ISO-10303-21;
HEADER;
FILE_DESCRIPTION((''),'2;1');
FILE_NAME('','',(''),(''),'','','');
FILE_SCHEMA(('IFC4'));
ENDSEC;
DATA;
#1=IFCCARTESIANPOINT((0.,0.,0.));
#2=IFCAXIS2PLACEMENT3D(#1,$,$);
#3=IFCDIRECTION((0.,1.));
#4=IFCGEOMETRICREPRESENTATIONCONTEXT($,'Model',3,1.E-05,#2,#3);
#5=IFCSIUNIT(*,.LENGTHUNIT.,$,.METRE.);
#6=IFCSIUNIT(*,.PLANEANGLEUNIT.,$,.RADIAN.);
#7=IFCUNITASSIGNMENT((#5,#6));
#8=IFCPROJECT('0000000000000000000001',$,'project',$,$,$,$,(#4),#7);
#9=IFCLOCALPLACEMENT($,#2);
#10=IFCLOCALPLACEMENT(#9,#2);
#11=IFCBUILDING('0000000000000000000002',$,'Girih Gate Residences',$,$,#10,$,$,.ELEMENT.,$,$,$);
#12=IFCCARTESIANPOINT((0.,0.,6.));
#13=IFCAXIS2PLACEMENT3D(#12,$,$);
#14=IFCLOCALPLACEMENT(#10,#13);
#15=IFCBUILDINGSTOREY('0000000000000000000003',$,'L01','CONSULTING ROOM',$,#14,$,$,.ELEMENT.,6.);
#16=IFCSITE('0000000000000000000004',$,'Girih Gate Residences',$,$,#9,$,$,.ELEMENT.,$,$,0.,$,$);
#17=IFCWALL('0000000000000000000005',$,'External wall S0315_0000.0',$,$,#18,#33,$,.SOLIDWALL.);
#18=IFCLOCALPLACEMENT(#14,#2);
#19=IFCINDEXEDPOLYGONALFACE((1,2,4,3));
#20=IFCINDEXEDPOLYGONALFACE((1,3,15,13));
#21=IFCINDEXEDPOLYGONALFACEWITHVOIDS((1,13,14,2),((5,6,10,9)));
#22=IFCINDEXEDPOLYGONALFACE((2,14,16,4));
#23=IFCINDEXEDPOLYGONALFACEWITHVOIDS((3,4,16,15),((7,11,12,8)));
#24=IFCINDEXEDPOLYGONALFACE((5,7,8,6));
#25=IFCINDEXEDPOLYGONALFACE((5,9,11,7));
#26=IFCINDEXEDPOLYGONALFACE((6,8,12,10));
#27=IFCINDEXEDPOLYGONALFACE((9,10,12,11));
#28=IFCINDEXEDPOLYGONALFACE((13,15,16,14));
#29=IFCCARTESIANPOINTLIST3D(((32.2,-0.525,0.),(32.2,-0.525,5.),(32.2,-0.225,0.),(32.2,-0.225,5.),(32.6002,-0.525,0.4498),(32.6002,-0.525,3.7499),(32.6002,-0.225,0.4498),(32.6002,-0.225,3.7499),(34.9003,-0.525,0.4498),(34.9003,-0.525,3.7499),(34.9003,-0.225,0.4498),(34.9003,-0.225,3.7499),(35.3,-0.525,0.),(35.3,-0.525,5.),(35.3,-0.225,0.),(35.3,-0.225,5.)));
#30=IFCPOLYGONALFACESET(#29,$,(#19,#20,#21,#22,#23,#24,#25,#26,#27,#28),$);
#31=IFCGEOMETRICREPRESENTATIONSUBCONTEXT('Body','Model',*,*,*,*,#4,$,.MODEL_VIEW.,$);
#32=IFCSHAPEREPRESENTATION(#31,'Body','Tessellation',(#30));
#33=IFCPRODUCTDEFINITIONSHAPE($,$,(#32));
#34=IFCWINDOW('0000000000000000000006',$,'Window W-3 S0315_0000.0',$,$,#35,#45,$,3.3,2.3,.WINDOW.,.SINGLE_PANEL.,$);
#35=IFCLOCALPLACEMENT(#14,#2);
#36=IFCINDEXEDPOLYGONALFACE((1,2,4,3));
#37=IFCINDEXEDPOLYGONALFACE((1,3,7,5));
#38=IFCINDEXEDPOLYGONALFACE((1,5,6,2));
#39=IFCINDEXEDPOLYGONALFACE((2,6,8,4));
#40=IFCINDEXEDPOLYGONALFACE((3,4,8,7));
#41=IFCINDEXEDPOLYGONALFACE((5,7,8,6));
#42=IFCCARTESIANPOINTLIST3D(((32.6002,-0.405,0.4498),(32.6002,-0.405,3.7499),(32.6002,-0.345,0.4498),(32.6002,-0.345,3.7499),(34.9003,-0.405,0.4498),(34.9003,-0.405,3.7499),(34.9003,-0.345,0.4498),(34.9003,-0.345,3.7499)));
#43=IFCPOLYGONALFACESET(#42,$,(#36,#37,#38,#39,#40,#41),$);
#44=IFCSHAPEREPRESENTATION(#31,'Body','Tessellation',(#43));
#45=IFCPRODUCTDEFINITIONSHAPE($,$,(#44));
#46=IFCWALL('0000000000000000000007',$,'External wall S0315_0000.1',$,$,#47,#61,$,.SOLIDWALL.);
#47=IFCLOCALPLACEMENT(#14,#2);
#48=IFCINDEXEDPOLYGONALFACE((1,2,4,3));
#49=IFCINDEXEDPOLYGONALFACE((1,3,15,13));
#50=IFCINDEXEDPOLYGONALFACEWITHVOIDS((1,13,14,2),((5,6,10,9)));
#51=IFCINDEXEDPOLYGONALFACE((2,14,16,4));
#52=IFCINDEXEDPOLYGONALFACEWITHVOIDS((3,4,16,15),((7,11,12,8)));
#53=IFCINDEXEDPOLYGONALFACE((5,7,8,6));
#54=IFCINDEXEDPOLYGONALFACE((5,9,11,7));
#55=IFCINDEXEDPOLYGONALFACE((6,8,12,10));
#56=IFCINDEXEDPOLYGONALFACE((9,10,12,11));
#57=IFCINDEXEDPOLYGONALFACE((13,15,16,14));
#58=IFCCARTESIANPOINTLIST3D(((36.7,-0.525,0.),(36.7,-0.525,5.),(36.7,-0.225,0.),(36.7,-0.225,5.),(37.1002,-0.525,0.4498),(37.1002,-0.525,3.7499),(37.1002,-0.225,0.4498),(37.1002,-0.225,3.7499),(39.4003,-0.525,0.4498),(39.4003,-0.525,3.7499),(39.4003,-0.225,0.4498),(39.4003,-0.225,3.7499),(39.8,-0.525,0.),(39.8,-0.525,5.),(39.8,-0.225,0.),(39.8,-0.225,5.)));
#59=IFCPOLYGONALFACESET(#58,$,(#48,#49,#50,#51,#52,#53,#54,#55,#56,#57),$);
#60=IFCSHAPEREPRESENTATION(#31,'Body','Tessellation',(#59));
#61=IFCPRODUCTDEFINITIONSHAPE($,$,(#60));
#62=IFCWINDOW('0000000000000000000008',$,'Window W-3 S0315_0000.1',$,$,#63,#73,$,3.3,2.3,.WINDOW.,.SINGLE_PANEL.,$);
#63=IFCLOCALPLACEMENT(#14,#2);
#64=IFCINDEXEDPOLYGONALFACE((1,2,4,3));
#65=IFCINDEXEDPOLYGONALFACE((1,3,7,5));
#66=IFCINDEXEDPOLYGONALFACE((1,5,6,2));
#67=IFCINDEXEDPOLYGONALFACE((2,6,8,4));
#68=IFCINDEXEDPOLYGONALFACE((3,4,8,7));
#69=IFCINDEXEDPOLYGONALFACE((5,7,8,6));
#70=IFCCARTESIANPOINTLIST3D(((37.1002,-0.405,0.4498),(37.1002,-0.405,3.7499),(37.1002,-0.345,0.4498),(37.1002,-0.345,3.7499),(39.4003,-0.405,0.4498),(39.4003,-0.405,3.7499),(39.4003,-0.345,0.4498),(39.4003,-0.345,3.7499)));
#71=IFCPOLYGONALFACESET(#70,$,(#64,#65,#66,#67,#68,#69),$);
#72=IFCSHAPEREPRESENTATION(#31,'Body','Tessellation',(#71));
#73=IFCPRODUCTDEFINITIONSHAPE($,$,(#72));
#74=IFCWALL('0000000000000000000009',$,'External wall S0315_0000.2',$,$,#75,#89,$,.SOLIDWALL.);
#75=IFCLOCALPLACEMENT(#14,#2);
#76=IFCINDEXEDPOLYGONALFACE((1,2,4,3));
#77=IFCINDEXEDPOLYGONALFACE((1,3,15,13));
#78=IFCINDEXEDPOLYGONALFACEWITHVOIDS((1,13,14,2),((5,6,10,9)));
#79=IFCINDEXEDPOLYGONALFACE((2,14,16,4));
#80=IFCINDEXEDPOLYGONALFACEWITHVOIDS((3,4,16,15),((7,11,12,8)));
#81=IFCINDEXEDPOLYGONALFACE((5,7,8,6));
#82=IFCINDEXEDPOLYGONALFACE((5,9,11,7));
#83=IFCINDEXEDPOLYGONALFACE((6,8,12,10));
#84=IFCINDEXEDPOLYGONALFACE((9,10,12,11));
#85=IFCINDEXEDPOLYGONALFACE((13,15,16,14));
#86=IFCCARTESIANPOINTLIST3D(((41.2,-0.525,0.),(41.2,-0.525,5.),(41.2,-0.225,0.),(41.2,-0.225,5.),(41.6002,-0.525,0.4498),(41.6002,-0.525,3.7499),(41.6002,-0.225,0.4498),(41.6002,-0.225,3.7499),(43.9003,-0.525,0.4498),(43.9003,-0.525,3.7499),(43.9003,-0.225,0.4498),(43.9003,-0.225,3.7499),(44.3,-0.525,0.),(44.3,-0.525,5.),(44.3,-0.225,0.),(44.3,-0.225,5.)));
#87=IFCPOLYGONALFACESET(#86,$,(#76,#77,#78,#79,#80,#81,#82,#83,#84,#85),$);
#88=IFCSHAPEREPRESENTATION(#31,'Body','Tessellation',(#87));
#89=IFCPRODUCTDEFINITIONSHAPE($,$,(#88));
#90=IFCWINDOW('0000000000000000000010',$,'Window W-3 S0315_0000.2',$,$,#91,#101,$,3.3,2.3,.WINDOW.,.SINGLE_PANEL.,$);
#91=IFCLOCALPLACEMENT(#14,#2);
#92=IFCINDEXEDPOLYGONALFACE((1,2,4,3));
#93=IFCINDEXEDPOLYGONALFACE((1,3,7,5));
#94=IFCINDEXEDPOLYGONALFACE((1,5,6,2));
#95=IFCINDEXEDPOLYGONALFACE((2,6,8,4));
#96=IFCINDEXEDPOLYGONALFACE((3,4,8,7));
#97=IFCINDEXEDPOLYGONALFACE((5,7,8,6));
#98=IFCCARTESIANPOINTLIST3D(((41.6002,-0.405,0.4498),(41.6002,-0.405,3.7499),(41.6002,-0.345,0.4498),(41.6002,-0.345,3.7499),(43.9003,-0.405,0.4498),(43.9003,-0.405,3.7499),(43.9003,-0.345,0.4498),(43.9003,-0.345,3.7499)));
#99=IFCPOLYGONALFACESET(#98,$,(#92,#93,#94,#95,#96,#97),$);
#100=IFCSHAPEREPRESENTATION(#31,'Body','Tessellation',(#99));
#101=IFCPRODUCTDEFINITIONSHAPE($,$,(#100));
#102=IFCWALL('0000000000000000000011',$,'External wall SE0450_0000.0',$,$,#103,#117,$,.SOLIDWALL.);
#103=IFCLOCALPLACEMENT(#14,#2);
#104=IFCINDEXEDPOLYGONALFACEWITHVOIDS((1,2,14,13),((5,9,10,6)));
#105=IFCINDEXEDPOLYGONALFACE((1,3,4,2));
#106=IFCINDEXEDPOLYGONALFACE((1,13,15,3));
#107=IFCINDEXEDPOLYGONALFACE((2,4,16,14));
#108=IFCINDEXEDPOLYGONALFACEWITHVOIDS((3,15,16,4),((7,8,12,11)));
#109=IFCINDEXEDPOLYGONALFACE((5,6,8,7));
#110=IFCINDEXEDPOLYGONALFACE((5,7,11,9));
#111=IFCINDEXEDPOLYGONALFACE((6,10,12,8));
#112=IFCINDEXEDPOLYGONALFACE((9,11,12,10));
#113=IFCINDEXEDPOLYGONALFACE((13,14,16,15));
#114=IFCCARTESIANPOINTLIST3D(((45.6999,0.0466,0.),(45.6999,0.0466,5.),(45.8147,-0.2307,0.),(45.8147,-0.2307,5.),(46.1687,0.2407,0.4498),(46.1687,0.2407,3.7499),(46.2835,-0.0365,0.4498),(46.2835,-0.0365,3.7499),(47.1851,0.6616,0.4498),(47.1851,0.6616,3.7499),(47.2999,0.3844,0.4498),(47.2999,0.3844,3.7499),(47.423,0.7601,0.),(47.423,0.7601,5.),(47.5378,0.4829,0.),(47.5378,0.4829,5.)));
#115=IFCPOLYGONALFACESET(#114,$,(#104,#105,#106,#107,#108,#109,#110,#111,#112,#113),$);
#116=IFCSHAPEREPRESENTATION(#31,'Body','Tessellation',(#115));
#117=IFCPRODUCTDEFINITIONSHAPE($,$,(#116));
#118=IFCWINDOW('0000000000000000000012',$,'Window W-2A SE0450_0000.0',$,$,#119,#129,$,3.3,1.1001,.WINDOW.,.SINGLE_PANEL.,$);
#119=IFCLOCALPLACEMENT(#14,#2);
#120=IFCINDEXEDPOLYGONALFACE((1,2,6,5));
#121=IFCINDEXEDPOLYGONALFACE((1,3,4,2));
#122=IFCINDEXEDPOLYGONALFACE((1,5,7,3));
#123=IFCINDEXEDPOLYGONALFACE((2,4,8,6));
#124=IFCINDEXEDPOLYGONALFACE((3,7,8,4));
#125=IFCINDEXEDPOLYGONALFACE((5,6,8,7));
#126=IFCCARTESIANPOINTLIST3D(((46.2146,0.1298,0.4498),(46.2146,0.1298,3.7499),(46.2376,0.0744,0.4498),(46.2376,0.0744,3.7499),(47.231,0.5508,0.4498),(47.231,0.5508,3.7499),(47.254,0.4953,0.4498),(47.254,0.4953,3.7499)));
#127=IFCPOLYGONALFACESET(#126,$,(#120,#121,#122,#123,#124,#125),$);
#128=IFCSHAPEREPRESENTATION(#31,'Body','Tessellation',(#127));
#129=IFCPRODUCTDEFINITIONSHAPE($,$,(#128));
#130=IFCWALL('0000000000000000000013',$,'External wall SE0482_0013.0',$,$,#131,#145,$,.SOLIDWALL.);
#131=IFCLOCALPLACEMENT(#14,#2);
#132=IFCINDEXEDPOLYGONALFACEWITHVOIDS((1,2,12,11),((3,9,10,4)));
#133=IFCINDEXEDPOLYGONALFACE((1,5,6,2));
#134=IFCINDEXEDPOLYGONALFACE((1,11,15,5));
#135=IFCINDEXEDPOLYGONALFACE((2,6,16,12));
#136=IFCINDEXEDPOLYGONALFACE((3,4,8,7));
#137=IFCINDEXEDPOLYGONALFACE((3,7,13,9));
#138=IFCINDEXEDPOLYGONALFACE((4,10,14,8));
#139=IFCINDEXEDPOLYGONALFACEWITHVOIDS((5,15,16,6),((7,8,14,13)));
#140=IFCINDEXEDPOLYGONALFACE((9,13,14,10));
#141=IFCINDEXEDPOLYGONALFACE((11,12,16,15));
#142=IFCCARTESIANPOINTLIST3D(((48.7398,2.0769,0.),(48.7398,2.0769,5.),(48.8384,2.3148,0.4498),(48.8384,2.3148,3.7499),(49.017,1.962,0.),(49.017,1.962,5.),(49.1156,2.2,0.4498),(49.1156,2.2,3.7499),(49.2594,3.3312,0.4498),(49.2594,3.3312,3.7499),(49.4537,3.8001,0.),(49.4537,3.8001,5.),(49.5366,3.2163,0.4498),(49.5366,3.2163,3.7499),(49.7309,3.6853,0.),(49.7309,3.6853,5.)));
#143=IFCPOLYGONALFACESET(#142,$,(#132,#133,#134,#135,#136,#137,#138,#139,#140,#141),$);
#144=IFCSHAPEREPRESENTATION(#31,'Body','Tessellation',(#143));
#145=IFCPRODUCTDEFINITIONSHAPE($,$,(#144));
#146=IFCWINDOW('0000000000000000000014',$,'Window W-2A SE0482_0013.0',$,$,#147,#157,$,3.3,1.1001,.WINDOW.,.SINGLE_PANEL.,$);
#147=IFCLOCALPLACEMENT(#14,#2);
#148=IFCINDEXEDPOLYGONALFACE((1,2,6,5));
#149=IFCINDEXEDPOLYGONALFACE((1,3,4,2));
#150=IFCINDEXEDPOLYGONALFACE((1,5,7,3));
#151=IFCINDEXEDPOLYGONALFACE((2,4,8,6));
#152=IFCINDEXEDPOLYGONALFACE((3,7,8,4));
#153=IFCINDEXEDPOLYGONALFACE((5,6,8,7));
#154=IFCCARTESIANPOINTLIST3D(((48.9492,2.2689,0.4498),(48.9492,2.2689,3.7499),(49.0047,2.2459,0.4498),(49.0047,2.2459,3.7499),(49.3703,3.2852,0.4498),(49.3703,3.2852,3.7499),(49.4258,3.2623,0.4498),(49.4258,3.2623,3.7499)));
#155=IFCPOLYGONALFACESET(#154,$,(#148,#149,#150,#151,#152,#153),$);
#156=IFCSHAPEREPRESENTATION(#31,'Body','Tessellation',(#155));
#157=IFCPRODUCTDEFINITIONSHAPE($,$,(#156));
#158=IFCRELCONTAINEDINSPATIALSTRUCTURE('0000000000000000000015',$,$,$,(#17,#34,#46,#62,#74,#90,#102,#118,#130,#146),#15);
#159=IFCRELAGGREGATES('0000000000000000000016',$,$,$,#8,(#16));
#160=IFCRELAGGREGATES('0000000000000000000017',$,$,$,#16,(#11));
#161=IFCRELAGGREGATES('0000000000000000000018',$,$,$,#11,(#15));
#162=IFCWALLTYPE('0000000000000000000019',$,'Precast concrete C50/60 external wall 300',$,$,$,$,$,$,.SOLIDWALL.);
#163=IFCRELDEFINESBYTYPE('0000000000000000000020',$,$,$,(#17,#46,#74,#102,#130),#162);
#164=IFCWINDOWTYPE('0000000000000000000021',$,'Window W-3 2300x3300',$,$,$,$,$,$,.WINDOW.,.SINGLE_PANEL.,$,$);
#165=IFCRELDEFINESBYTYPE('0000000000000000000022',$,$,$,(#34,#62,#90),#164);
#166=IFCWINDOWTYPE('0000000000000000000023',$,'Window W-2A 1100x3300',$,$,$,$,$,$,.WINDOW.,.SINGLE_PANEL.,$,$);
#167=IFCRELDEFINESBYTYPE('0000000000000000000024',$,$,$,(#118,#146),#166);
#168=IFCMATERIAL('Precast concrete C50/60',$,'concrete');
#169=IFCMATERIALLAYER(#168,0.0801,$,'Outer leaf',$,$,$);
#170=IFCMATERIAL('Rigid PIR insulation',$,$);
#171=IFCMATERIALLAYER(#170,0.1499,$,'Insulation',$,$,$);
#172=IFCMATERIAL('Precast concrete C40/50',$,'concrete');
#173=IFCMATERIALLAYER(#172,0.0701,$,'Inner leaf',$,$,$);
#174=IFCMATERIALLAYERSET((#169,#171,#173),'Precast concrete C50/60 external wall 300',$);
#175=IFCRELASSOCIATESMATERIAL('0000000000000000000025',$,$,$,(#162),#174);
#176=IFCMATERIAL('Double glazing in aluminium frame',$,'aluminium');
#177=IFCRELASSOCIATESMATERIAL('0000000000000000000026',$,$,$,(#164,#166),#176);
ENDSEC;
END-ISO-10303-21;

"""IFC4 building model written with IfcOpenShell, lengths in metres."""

from ifc_helpers import new_model, si_unit, direction, frame, frame_2d, origin, place, context, subcontext, project, spatial, rectangle, extrude, material, layer, layer_set, type_object, element, fill, save


model = new_model("IFC4")

# Units and contexts
model_context = context("Model", 3, precision=1e-05, world=origin(), true_north=direction((0.0, 1.0)))
body_context = subcontext(model_context, "Body", "Model", "MODEL_VIEW")
ifc_project = project(units=[si_unit("LENGTHUNIT", "METRE"), si_unit("PLANEANGLEUNIT", "RADIAN")], contexts=[model_context])

# Site, building, storey
site_placement = place(None, origin())
site = spatial("IfcSite", under=ifc_project, at=site_placement, Name="Girih Gate Residences", CompositionType="ELEMENT", RefElevation=0.0)
building_placement = place(site_placement, origin())
building = spatial("IfcBuilding", under=site, at=building_placement, Name="Girih Gate Residences", CompositionType="ELEMENT")
storey_placement = place(building_placement, frame((0.0, 0.0, 6.0)))
storey = spatial("IfcBuildingStorey", under=building, at=storey_placement, Name="L01", Description="CONSULTING ROOM", CompositionType="ELEMENT", Elevation=6.0)

# Walls, openings, windows
ifc_material_1 = material(Name="Precast concrete C50/60", Category="concrete")
ifc_layer_1 = layer(ifc_material_1, 0.0801, Name="Outer leaf")
ifc_material_2 = material(Name="Rigid PIR insulation")
ifc_layer_2 = layer(ifc_material_2, 0.1499, Name="Insulation")
ifc_material_3 = material(Name="Precast concrete C40/50", Category="concrete")
ifc_layer_3 = layer(ifc_material_3, 0.0701, Name="Inner leaf")
ifc_layer_set_1 = layer_set([ifc_layer_1, ifc_layer_2, ifc_layer_3], Name="Precast concrete C50/60 external wall 300")
wall_type_1 = type_object("IfcWallType", Name="Precast concrete C50/60 external wall 300", PredefinedType="SOLIDWALL", material=ifc_layer_set_1)
wall_1_placement = place(storey_placement, frame((35.3, -0.375, 0.0), z_axis=(0.0, 0.0, 1.0), x_axis=(-1.0, 0.0, 0.0)))
wall_1 = element("IfcWall", 1, at=wall_1_placement, inside=storey, type_object=wall_type_1, Name="External wall S0315_0000.0", PredefinedType="SOLIDWALL", context=body_context, shape_type="SweptSolid", body=[
    extrude(rectangle(XDim=3.1001, YDim=0.3, at=frame_2d((1.55, 0.0))), origin(), (0.0, 0.0, 1.0), 5.0),
])
opening_1_placement = place(wall_1_placement, frame((0.3999, 0.0, 0.45)))
opening_1 = element("IfcOpeningElement", 2, at=opening_1_placement, cuts=wall_1, PredefinedType="OPENING", context=body_context, shape_type="SweptSolid", body=[
    extrude(rectangle(XDim=2.3, YDim=3.3, at=frame_2d((1.1499, 1.6499))), frame((0.0, 0.1599, 0.0), z_axis=(0.0, -1.0, 0.0), x_axis=(1.0, 0.0, 0.0)), (0.0, 0.0, 1.0), 0.3201),
])
ifc_material_4 = material(Name="Double glazing in aluminium frame", Category="aluminium")
window_type_1 = type_object("IfcWindowType", Name="Window W-3 2300x3300", PartitioningType="SINGLE_PANEL", PredefinedType="WINDOW", material=ifc_material_4)
window_1_placement = place(opening_1_placement, origin())
window_1 = element("IfcWindow", 3, at=window_1_placement, inside=storey, type_object=window_type_1, Name="Window W-3 S0315_0000.0", OverallHeight=3.3, OverallWidth=2.3, PartitioningType="SINGLE_PANEL", PredefinedType="WINDOW", context=body_context, shape_type="SweptSolid", body=[
    extrude(rectangle(XDim=2.3, YDim=3.3, at=frame_2d((1.1499, 1.6499))), frame((0.0, 0.03, 0.0), z_axis=(0.0, -1.0, 0.0), x_axis=(1.0, 0.0, 0.0)), (0.0, 0.0, 1.0), 0.0601),
])
fill(opening_1, window_1)
wall_2_placement = place(storey_placement, frame((39.8, -0.375, 0.0), z_axis=(0.0, 0.0, 1.0), x_axis=(-1.0, 0.0, 0.0)))
wall_2 = element("IfcWall", 4, at=wall_2_placement, inside=storey, type_object=wall_type_1, Name="External wall S0315_0000.1", PredefinedType="SOLIDWALL", context=body_context, shape_type="SweptSolid", body=[
    extrude(rectangle(XDim=3.1001, YDim=0.3, at=frame_2d((1.55, 0.0))), origin(), (0.0, 0.0, 1.0), 5.0),
])
opening_2_placement = place(wall_2_placement, frame((0.3999, 0.0, 0.45)))
opening_2 = element("IfcOpeningElement", 5, at=opening_2_placement, cuts=wall_2, PredefinedType="OPENING", context=body_context, shape_type="SweptSolid", body=[
    extrude(rectangle(XDim=2.3, YDim=3.3, at=frame_2d((1.1499, 1.6499))), frame((0.0, 0.1599, 0.0), z_axis=(0.0, -1.0, 0.0), x_axis=(1.0, 0.0, 0.0)), (0.0, 0.0, 1.0), 0.3201),
])
window_2_placement = place(opening_2_placement, origin())
window_2 = element("IfcWindow", 6, at=window_2_placement, inside=storey, type_object=window_type_1, Name="Window W-3 S0315_0000.1", OverallHeight=3.3, OverallWidth=2.3, PartitioningType="SINGLE_PANEL", PredefinedType="WINDOW", context=body_context, shape_type="SweptSolid", body=[
    extrude(rectangle(XDim=2.3, YDim=3.3, at=frame_2d((1.1499, 1.6499))), frame((0.0, 0.03, 0.0), z_axis=(0.0, -1.0, 0.0), x_axis=(1.0, 0.0, 0.0)), (0.0, 0.0, 1.0), 0.0601),
])
fill(opening_2, window_2)
wall_3_placement = place(storey_placement, frame((44.3, -0.375, 0.0), z_axis=(0.0, 0.0, 1.0), x_axis=(-1.0, 0.0, 0.0)))
wall_3 = element("IfcWall", 7, at=wall_3_placement, inside=storey, type_object=wall_type_1, Name="External wall S0315_0000.2", PredefinedType="SOLIDWALL", context=body_context, shape_type="SweptSolid", body=[
    extrude(rectangle(XDim=3.1001, YDim=0.3, at=frame_2d((1.55, 0.0))), origin(), (0.0, 0.0, 1.0), 5.0),
])
opening_3_placement = place(wall_3_placement, frame((0.3999, 0.0, 0.45)))
opening_3 = element("IfcOpeningElement", 8, at=opening_3_placement, cuts=wall_3, PredefinedType="OPENING", context=body_context, shape_type="SweptSolid", body=[
    extrude(rectangle(XDim=2.3, YDim=3.3, at=frame_2d((1.1499, 1.6499))), frame((0.0, 0.1599, 0.0), z_axis=(0.0, -1.0, 0.0), x_axis=(1.0, 0.0, 0.0)), (0.0, 0.0, 1.0), 0.3201),
])
window_3_placement = place(opening_3_placement, origin())
window_3 = element("IfcWindow", 9, at=window_3_placement, inside=storey, type_object=window_type_1, Name="Window W-3 S0315_0000.2", OverallHeight=3.3, OverallWidth=2.3, PartitioningType="SINGLE_PANEL", PredefinedType="WINDOW", context=body_context, shape_type="SweptSolid", body=[
    extrude(rectangle(XDim=2.3, YDim=3.3, at=frame_2d((1.1499, 1.6499))), frame((0.0, 0.03, 0.0), z_axis=(0.0, -1.0, 0.0), x_axis=(1.0, 0.0, 0.0)), (0.0, 0.0, 1.0), 0.0601),
])
fill(opening_3, window_3)
wall_4_placement = place(storey_placement, frame((47.4805, 0.6216, 0.0), z_axis=(0.0, 0.0, 1.0), x_axis=(-0.923904, -0.382625, 0.0)))
wall_4 = element("IfcWall", 10, at=wall_4_placement, inside=storey, type_object=wall_type_1, Name="External wall SE0450_0000.0", PredefinedType="SOLIDWALL", context=body_context, shape_type="SweptSolid", body=[
    extrude(rectangle(XDim=1.865, YDim=0.3, at=frame_2d((0.9326, 0.0))), origin(), (0.0, 0.0, 1.0), 5.0),
])
opening_4_placement = place(wall_4_placement, frame((0.2576, 0.0, 0.45)))
opening_4 = element("IfcOpeningElement", 11, at=opening_4_placement, cuts=wall_4, PredefinedType="OPENING", context=body_context, shape_type="SweptSolid", body=[
    extrude(rectangle(XDim=1.1001, YDim=3.3, at=frame_2d((0.55, 1.6499))), frame((0.0, 0.1599, 0.0), z_axis=(0.0, -1.0, 0.0), x_axis=(1.0, 0.0, 0.0)), (0.0, 0.0, 1.0), 0.3201),
])
window_type_2 = type_object("IfcWindowType", Name="Window W-2A 1100x3300", PartitioningType="SINGLE_PANEL", PredefinedType="WINDOW", material=ifc_material_4)
window_4_placement = place(opening_4_placement, origin())
window_4 = element("IfcWindow", 12, at=window_4_placement, inside=storey, type_object=window_type_2, Name="Window W-2A SE0450_0000.0", OverallHeight=3.3, OverallWidth=1.1001, PartitioningType="SINGLE_PANEL", PredefinedType="WINDOW", context=body_context, shape_type="SweptSolid", body=[
    extrude(rectangle(XDim=1.1001, YDim=3.3, at=frame_2d((0.55, 1.6499))), frame((0.0, 0.03, 0.0), z_axis=(0.0, -1.0, 0.0), x_axis=(1.0, 0.0, 0.0)), (0.0, 0.0, 1.0), 0.0601),
])
fill(opening_4, window_4)
wall_5_placement = place(storey_placement, frame((49.5923, 3.7427, 0.0), z_axis=(0.0, 0.0, 1.0), x_axis=(-0.382737, -0.923857, 0.0)))
wall_5 = element("IfcWall", 13, at=wall_5_placement, inside=storey, type_object=wall_type_1, Name="External wall SE0482_0013.0", PredefinedType="SOLIDWALL", context=body_context, shape_type="SweptSolid", body=[
    extrude(rectangle(XDim=1.8652, YDim=0.3, at=frame_2d((0.9326, 0.0))), origin(), (0.0, 0.0, 1.0), 5.0),
])
opening_5_placement = place(wall_5_placement, frame((0.5076, 0.0, 0.45)))
opening_5 = element("IfcOpeningElement", 14, at=opening_5_placement, cuts=wall_5, PredefinedType="OPENING", context=body_context, shape_type="SweptSolid", body=[
    extrude(rectangle(XDim=1.1001, YDim=3.3, at=frame_2d((0.55, 1.6499))), frame((0.0, 0.1599, 0.0), z_axis=(0.0, -1.0, 0.0), x_axis=(1.0, 0.0, 0.0)), (0.0, 0.0, 1.0), 0.3201),
])
window_5_placement = place(opening_5_placement, origin())
window_5 = element("IfcWindow", 15, at=window_5_placement, inside=storey, type_object=window_type_2, Name="Window W-2A SE0482_0013.0", OverallHeight=3.3, OverallWidth=1.1001, PartitioningType="SINGLE_PANEL", PredefinedType="WINDOW", context=body_context, shape_type="SweptSolid", body=[
    extrude(rectangle(XDim=1.1001, YDim=3.3, at=frame_2d((0.55, 1.6499))), frame((0.0, 0.03, 0.0), z_axis=(0.0, -1.0, 0.0), x_axis=(1.0, 0.0, 0.0)), (0.0, 0.0, 1.0), 0.0601),
])
fill(opening_5, window_5)

save(model, "model.ifc")
